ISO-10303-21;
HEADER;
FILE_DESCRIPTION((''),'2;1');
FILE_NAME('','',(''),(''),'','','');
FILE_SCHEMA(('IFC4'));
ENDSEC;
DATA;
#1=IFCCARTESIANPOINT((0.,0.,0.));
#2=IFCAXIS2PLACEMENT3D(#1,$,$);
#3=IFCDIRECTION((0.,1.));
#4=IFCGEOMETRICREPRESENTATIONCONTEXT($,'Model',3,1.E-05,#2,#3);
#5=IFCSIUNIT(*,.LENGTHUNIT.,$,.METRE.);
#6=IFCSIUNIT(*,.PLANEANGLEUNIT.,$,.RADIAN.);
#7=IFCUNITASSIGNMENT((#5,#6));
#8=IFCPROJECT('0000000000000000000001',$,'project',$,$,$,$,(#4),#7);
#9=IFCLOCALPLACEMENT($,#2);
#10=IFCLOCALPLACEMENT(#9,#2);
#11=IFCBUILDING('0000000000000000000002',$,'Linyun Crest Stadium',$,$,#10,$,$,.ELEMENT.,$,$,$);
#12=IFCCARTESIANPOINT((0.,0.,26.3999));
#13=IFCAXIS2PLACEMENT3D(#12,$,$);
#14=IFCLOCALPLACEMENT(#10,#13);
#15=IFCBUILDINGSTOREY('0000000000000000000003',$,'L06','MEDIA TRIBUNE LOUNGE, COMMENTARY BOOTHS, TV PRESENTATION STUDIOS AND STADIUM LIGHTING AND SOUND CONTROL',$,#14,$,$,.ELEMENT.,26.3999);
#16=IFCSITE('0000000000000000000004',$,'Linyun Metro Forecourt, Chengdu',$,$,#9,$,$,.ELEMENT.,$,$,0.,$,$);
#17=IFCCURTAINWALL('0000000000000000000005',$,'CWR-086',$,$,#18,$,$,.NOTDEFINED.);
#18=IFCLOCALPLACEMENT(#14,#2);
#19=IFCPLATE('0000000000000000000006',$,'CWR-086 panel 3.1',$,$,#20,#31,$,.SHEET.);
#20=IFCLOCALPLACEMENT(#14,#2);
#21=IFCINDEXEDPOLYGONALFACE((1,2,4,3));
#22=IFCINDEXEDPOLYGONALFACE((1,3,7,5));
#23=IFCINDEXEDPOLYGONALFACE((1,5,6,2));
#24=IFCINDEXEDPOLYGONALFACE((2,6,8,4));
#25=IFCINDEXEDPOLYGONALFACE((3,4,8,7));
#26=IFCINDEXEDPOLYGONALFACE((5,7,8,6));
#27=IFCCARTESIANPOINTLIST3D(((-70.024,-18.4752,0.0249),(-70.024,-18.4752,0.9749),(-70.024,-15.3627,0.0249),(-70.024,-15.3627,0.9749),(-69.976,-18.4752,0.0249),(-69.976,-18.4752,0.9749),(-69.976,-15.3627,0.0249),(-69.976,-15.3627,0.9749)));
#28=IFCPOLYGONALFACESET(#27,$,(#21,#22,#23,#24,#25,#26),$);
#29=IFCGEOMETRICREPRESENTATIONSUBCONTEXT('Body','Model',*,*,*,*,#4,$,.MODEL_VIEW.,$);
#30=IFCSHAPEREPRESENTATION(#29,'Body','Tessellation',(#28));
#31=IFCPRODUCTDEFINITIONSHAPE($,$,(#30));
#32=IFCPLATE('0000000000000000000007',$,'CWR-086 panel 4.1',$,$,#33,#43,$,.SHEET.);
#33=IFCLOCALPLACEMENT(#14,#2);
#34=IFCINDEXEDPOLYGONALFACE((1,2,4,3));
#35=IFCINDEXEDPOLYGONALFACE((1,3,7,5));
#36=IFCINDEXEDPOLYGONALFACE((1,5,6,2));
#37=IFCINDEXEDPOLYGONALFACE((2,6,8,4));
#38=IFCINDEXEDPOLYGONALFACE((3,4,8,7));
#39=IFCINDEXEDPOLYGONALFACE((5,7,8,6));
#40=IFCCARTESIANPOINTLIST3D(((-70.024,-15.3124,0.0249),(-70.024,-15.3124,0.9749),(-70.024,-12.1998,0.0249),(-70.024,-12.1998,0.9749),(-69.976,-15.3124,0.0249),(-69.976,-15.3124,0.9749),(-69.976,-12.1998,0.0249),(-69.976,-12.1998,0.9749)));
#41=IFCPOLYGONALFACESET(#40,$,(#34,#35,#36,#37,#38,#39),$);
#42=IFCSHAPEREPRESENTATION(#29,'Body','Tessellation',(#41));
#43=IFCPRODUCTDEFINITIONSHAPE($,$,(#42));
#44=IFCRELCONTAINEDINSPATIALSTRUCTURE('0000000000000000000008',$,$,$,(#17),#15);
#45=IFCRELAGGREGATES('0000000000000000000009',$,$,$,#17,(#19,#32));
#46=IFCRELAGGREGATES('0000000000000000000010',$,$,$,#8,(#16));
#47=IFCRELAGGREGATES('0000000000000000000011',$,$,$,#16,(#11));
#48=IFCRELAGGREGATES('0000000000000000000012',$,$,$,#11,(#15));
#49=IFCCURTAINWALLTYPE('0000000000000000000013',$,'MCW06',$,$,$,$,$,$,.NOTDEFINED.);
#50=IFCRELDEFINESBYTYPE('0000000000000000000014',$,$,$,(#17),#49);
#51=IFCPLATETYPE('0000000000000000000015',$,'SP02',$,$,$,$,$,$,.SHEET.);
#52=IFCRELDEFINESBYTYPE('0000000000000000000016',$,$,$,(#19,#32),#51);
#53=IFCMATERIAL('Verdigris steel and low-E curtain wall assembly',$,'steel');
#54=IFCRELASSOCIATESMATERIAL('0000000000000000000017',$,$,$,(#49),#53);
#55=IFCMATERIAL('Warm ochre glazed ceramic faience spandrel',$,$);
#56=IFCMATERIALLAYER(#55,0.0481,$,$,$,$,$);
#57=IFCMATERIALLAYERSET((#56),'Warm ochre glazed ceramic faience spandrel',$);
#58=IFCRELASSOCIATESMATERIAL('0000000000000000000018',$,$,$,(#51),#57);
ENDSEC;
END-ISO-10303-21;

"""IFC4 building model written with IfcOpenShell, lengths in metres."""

from ifc_helpers import new_model, si_unit, direction, frame, origin, origin_2d, place, context, subcontext, project, spatial, rectangle, extrude, material, layer, layer_set, type_object, element, aggregate, save


model = new_model("IFC4")

# Units and contexts
model_context = context("Model", 3, precision=1e-05, world=origin(), true_north=direction((0.0, 1.0)))
body_context = subcontext(model_context, "Body", "Model", "MODEL_VIEW")
ifc_project = project(units=[si_unit("LENGTHUNIT", "METRE"), si_unit("PLANEANGLEUNIT", "RADIAN")], contexts=[model_context])

# Site, building, storey
site_placement = place(None, origin())
site = spatial("IfcSite", under=ifc_project, at=site_placement, Name="Linyun Metro Forecourt, Chengdu", CompositionType="ELEMENT", RefElevation=0.0)
building_placement = place(site_placement, origin())
building = spatial("IfcBuilding", under=site, at=building_placement, Name="Linyun Crest Stadium", CompositionType="ELEMENT")
storey_placement = place(building_placement, frame((0.0, 0.0, 26.3999)))
storey = spatial("IfcBuildingStorey", under=building, at=storey_placement, Name="L06", Description="MEDIA TRIBUNE LOUNGE, COMMENTARY BOOTHS, TV PRESENTATION STUDIOS AND STADIUM LIGHTING AND SOUND CONTROL", CompositionType="ELEMENT", Elevation=26.3999)

# Curtain wall
ifc_material_1 = material(Name="Verdigris steel and low-E curtain wall assembly", Category="steel")
curtain_wall_type = type_object("IfcCurtainWallType", Name="MCW06", PredefinedType="NOTDEFINED", material=ifc_material_1)
curtain_wall_1_placement = place(storey_placement, origin())
curtain_wall_1 = element("IfcCurtainWall", 1, at=curtain_wall_1_placement, inside=storey, type_object=curtain_wall_type, Name="CWR-086", PredefinedType="NOTDEFINED")

# Plates
ifc_material_2 = material(Name="Warm ochre glazed ceramic faience spandrel")
ifc_layer_1 = layer(ifc_material_2, 0.0481)
ifc_layer_set_1 = layer_set([ifc_layer_1], Name="Warm ochre glazed ceramic faience spandrel")
plate_type_1 = type_object("IfcPlateType", Name="SP02", PredefinedType="SHEET", material=ifc_layer_set_1)
plate_1_placement = place(storey_placement, frame((-70.0, -16.9189, 0.0249), z_axis=(0.0, 0.0, 1.0), x_axis=(0.0, 1.0, 0.0)))
plate_1 = element("IfcPlate", 2, at=plate_1_placement, type_object=plate_type_1, Name="CWR-086 panel 3.1", PredefinedType="SHEET", context=body_context, shape_type="SweptSolid", body=[
    extrude(rectangle(XDim=3.1125, YDim=0.0481, at=origin_2d()), origin(), (0.0, 0.0, 1.0), 0.95),
])
plate_2_placement = place(storey_placement, frame((-70.0, -13.7561, 0.0249), z_axis=(0.0, 0.0, 1.0), x_axis=(0.0, 1.0, 0.0)))
plate_2 = element("IfcPlate", 3, at=plate_2_placement, type_object=plate_type_1, Name="CWR-086 panel 4.1", PredefinedType="SHEET", context=body_context, shape_type="SweptSolid", body=[
    extrude(rectangle(XDim=3.1125, YDim=0.0481, at=origin_2d()), origin(), (0.0, 0.0, 1.0), 0.95),
])
aggregate(curtain_wall_1, [plate_1, plate_2])

save(model, "model.ifc")
